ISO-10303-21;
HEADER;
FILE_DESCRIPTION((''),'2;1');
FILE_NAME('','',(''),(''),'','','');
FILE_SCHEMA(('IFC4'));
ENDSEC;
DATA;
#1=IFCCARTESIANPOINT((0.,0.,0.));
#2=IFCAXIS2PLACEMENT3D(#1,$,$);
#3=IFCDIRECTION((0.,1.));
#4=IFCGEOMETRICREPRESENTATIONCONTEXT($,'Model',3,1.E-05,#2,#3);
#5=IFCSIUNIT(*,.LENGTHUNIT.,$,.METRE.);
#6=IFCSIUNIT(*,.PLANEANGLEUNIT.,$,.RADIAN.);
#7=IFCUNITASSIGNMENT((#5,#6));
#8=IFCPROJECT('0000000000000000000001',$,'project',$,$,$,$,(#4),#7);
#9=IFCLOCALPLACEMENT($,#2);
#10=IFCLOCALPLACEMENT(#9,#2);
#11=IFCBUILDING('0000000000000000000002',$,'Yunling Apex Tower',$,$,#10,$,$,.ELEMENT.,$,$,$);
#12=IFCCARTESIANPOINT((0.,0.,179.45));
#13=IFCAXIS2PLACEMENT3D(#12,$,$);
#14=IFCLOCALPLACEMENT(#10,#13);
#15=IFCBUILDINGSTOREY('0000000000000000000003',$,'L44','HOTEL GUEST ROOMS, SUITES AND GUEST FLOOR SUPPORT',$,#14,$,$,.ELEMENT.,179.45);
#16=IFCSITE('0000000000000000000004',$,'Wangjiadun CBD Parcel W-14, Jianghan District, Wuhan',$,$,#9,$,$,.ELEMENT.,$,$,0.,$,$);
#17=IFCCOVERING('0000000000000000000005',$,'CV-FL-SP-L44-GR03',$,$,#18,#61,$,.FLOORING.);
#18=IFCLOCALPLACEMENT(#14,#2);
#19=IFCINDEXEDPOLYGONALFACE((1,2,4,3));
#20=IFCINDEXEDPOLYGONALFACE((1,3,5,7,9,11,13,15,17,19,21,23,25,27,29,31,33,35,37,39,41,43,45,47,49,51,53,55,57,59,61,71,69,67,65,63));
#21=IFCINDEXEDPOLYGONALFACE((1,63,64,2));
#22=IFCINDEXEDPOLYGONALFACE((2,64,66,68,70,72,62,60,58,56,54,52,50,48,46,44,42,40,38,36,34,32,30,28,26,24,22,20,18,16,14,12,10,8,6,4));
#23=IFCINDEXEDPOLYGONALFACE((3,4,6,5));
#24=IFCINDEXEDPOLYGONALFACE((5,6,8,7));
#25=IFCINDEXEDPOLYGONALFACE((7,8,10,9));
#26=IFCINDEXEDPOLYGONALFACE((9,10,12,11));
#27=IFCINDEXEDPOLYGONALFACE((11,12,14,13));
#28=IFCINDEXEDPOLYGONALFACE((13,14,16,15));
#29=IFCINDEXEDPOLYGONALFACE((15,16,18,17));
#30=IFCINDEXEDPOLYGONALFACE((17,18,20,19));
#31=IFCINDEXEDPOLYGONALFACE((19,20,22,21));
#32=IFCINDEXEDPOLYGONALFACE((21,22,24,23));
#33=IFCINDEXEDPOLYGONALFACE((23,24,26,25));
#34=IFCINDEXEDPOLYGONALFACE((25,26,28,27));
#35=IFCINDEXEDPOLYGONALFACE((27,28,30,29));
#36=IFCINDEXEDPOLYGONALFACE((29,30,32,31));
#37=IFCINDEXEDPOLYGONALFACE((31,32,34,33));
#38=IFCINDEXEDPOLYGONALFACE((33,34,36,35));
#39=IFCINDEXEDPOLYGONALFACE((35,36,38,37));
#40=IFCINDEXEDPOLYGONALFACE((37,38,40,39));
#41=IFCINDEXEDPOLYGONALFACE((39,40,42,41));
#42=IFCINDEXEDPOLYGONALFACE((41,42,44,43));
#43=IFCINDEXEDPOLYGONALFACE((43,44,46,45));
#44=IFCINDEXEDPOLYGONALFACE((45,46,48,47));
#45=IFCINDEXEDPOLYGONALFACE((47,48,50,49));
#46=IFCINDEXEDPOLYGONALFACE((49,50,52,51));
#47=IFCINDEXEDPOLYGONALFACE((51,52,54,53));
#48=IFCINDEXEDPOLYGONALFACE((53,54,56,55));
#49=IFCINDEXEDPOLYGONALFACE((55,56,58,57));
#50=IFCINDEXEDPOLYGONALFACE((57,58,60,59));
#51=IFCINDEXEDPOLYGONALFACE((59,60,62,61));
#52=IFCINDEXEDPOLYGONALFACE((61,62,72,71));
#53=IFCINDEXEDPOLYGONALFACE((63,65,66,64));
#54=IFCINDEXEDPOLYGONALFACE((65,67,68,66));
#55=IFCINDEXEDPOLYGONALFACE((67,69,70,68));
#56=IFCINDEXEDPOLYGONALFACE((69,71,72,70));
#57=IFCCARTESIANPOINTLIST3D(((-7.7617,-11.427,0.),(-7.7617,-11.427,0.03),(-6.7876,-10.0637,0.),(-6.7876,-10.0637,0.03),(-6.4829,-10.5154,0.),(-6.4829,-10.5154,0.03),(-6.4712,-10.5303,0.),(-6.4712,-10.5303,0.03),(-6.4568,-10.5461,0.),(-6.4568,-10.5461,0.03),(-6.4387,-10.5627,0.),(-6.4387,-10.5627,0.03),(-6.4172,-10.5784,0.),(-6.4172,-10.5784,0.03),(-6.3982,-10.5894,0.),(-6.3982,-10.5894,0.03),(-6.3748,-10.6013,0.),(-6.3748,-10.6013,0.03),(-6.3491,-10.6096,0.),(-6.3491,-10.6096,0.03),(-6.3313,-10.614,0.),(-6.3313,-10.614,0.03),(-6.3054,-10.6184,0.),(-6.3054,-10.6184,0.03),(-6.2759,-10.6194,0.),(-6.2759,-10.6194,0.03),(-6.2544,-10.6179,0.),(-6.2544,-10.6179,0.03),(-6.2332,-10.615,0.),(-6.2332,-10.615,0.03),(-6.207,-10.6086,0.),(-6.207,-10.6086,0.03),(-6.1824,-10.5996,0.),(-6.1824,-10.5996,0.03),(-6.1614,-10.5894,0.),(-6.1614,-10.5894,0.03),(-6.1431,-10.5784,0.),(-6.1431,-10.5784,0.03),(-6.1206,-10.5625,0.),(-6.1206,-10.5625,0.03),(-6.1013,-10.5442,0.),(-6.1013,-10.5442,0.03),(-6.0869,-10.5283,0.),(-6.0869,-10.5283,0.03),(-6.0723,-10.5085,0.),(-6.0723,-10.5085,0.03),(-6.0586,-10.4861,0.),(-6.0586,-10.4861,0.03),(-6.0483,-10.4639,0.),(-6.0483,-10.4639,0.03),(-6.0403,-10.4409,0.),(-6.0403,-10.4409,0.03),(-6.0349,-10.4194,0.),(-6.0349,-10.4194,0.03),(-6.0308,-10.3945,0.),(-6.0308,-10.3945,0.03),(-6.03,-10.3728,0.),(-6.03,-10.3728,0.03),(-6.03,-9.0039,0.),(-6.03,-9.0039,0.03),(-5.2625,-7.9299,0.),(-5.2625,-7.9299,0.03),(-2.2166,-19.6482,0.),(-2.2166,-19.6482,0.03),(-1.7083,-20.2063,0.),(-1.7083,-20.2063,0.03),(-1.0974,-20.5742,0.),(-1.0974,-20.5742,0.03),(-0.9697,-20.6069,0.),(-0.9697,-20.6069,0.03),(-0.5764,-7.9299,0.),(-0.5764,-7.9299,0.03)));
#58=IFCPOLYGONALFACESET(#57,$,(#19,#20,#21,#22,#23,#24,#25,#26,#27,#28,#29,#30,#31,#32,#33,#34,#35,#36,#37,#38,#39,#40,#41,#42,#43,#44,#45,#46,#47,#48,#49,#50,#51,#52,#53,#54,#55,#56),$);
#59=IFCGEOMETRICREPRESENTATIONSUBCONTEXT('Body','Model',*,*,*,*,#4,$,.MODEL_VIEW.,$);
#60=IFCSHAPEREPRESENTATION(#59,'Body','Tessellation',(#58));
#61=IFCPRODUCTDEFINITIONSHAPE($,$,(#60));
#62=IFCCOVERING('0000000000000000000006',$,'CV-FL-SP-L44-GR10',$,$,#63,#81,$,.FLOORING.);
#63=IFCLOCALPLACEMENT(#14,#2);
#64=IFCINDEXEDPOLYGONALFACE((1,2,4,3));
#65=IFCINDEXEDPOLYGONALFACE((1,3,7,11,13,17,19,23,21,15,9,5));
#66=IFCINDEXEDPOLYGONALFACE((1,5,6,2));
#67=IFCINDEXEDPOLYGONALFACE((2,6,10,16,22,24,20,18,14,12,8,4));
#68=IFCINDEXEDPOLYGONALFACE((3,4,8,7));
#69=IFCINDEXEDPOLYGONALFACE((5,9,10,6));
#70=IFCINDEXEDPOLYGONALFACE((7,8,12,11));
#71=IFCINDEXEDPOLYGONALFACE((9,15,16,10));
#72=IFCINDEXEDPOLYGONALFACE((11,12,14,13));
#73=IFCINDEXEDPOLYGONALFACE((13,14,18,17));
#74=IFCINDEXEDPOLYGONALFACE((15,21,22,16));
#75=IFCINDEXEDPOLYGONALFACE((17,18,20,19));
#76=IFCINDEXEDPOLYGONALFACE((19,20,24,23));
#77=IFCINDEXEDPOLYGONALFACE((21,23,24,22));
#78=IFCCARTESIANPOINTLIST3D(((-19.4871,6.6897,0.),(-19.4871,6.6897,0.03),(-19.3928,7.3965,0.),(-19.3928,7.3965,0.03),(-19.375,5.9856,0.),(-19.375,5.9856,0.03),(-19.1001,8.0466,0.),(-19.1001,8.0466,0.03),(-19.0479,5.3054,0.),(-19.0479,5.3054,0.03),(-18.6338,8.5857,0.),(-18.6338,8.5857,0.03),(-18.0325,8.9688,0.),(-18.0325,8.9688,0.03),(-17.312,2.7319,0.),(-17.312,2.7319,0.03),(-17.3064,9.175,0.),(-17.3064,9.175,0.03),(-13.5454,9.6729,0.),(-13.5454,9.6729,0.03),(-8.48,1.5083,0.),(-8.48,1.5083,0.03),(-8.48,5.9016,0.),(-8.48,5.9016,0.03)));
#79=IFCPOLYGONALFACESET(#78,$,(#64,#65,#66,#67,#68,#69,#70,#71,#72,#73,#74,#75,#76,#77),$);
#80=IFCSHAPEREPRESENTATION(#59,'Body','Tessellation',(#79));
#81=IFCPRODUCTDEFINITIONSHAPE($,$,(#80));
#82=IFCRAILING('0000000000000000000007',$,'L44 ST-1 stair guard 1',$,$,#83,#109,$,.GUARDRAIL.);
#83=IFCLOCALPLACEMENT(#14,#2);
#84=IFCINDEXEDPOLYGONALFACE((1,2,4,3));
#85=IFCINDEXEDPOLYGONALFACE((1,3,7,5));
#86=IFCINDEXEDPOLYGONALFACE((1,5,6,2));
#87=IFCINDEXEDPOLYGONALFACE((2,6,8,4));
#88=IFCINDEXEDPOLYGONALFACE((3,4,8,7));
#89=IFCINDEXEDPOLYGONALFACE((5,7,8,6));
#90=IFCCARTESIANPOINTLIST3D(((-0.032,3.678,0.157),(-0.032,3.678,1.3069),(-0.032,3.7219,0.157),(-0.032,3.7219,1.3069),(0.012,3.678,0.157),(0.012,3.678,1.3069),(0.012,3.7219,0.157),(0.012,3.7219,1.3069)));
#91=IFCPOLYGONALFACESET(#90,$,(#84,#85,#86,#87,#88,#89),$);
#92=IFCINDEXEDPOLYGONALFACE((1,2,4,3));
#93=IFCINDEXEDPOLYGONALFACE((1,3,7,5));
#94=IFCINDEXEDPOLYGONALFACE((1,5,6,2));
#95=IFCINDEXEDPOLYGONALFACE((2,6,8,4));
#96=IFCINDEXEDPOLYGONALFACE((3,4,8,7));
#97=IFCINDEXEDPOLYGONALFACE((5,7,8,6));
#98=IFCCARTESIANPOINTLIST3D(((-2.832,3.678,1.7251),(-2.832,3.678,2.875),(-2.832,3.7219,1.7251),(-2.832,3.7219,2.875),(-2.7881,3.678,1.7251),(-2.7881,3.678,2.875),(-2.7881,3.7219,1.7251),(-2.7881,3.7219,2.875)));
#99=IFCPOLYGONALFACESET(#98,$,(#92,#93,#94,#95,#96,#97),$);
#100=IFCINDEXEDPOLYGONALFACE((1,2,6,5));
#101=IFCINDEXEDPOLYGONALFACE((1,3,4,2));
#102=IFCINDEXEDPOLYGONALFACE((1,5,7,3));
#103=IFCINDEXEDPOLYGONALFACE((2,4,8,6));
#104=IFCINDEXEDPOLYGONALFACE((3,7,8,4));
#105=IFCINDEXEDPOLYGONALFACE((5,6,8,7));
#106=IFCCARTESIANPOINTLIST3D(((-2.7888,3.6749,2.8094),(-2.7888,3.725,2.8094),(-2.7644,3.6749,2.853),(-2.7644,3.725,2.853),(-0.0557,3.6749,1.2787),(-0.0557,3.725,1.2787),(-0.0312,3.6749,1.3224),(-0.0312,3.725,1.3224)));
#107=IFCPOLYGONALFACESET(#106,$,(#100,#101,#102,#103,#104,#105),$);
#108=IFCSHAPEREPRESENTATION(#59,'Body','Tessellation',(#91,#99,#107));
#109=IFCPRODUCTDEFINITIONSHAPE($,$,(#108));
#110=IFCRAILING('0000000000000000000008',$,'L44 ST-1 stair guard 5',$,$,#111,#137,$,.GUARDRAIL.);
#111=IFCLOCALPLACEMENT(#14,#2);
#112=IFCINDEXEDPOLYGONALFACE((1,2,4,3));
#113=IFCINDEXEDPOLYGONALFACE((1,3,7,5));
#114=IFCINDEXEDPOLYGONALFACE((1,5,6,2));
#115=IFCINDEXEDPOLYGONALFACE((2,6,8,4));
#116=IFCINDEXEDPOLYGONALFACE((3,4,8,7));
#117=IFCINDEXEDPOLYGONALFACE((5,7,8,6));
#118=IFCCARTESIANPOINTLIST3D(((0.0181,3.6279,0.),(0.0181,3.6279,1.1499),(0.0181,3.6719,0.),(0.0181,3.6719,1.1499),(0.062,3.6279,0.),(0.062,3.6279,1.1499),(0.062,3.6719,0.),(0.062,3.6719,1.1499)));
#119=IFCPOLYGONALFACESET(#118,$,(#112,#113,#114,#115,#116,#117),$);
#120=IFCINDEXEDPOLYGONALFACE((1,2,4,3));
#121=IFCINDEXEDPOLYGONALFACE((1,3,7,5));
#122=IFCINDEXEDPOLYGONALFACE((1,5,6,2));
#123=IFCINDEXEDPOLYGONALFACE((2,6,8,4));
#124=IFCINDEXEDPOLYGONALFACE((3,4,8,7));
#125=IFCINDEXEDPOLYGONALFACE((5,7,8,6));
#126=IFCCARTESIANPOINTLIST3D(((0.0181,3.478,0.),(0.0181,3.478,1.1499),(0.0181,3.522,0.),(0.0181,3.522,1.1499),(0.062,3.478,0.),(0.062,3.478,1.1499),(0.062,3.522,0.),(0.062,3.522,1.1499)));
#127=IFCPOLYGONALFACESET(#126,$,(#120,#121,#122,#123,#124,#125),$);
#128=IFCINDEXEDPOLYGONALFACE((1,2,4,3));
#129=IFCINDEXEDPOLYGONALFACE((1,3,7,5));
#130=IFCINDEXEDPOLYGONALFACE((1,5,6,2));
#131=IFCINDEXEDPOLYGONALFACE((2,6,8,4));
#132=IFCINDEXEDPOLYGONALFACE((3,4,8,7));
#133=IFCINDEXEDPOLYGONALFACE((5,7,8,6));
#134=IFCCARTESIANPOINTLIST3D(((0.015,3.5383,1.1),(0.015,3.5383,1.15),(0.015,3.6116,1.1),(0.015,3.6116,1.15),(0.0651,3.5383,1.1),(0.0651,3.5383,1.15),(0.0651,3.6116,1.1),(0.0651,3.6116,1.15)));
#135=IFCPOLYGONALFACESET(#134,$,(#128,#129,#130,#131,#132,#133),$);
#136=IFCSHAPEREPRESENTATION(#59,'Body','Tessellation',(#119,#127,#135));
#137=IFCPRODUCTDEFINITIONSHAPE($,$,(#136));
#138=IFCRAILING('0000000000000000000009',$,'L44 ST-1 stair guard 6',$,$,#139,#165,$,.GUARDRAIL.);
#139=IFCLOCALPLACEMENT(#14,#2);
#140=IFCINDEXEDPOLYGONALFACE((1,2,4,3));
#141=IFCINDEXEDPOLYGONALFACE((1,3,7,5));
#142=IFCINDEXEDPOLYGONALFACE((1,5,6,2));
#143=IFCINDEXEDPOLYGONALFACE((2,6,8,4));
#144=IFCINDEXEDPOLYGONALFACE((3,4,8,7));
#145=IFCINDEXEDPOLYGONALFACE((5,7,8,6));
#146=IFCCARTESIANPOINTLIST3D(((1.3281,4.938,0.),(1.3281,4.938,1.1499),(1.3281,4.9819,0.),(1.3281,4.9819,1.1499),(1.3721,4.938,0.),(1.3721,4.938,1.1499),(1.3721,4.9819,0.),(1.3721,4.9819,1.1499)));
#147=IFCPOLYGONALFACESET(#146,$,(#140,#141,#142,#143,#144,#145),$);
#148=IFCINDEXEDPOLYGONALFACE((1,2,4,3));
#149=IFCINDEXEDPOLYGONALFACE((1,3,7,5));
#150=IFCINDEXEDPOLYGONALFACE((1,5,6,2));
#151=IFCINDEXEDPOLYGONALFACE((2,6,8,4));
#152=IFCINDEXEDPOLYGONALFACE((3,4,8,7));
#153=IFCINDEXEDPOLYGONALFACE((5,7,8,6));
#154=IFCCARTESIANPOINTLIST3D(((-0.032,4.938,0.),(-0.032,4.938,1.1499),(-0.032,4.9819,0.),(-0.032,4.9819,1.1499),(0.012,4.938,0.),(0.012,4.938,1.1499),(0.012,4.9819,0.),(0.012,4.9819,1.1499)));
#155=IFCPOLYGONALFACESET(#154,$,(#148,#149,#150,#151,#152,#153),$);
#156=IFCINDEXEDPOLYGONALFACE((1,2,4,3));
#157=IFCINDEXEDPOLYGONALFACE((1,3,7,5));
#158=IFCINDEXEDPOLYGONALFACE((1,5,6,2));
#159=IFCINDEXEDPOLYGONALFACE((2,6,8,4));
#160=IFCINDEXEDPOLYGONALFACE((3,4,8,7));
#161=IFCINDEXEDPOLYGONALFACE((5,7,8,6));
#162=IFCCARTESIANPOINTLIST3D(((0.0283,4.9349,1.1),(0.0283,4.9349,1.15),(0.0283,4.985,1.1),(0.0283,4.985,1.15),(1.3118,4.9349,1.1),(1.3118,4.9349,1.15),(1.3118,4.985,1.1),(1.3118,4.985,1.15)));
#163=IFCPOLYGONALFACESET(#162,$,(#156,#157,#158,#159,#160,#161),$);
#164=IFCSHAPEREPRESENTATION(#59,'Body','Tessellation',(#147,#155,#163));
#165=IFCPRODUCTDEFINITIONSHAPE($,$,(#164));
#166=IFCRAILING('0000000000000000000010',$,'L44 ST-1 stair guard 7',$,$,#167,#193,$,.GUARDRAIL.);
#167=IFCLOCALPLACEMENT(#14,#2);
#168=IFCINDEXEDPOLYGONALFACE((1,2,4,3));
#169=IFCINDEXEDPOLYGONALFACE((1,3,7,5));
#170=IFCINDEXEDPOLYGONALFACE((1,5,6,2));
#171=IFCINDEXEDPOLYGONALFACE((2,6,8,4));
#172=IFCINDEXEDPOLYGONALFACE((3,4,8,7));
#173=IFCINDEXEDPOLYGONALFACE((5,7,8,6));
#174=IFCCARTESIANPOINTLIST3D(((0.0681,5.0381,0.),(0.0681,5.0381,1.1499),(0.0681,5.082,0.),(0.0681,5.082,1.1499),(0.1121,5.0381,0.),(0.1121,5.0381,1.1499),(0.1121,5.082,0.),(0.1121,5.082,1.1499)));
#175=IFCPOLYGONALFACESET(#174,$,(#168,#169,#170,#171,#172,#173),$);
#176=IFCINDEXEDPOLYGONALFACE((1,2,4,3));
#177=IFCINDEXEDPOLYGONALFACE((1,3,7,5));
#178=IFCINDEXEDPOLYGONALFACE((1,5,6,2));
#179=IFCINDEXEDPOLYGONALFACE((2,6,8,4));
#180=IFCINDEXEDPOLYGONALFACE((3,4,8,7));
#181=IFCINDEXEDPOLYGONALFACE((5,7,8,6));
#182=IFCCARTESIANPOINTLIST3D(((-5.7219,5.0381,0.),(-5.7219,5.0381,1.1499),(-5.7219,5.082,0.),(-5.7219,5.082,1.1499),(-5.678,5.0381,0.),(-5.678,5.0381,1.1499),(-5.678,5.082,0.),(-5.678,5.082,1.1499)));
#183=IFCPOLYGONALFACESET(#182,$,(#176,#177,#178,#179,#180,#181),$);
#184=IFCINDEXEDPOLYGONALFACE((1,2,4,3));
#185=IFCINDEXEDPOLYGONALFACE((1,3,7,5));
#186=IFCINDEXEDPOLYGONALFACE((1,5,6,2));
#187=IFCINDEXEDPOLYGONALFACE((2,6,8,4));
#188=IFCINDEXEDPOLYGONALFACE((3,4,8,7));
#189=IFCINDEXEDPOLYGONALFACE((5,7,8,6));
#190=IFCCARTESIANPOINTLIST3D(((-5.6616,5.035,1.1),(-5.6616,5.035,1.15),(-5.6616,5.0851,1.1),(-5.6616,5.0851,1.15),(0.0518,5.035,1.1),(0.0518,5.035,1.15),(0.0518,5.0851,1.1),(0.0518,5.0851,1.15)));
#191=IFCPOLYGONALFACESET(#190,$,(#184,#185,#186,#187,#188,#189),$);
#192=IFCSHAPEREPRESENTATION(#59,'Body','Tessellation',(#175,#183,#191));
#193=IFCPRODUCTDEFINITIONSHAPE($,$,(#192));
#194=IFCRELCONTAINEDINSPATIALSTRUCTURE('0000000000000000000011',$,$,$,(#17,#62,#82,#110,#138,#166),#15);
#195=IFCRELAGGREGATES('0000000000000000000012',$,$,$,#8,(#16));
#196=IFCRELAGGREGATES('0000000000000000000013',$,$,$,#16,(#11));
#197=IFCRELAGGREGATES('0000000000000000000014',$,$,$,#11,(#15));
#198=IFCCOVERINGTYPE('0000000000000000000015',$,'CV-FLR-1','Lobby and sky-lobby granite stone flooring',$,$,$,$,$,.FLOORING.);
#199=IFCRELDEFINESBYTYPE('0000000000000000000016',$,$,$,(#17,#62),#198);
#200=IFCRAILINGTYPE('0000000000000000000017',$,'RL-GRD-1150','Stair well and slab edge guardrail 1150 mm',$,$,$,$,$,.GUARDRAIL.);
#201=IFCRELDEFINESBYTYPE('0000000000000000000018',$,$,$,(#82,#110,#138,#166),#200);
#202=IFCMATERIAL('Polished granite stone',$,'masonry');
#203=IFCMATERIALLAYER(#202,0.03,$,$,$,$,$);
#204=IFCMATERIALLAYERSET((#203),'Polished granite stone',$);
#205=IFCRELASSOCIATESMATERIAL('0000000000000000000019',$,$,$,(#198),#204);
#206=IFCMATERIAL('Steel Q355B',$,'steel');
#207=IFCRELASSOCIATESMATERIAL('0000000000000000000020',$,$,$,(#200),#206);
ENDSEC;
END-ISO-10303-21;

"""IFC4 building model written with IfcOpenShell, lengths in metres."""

from ifc_helpers import new_model, si_unit, direction, frame, origin, origin_2d, place, context, subcontext, project, spatial, polyline, rectangle, outline, extrude, material, layer, layer_set, type_object, element, save


model = new_model("IFC4")

# Units and contexts
model_context = context("Model", 3, precision=1e-05, world=origin(), true_north=direction((0.0, 1.0)))
body_context = subcontext(model_context, "Body", "Model", "MODEL_VIEW")
ifc_project = project(units=[si_unit("LENGTHUNIT", "METRE"), si_unit("PLANEANGLEUNIT", "RADIAN")], contexts=[model_context])

# Site, building, storey
site_placement = place(None, origin())
site = spatial("IfcSite", under=ifc_project, at=site_placement, Name="Wangjiadun CBD Parcel W-14, Jianghan District, Wuhan", CompositionType="ELEMENT", RefElevation=0.0)
building_placement = place(site_placement, origin())
building = spatial("IfcBuilding", under=site, at=building_placement, Name="Yunling Apex Tower", CompositionType="ELEMENT")
storey_placement = place(building_placement, frame((0.0, 0.0, 179.45)))
storey = spatial("IfcBuildingStorey", under=building, at=storey_placement, Name="L44", Description="HOTEL GUEST ROOMS, SUITES AND GUEST FLOOR SUPPORT", CompositionType="ELEMENT", Elevation=179.45)

# Shared definitions
ifc_material_1 = material(Name="Steel Q355B", Category="steel")

# Coverings
ifc_material_2 = material(Name="Polished granite stone", Category="masonry")
ifc_layer_1 = layer(ifc_material_2, 0.03)
ifc_layer_set_1 = layer_set([ifc_layer_1], Name="Polished granite stone")
covering_type_1 = type_object("IfcCoveringType", Name="CV-FLR-1", Description="Lobby and sky-lobby granite stone flooring", PredefinedType="FLOORING", material=ifc_layer_set_1)
covering_1_placement = place(storey_placement, origin())
element("IfcCovering", 1, at=covering_1_placement, inside=storey, type_object=covering_type_1, Name="CV-FL-SP-L44-GR03", PredefinedType="FLOORING", context=body_context, shape_type="SweptSolid", body=[
    extrude(outline(polyline([(-1.0974, -20.5742), (-1.7083, -20.2063), (-2.2166, -19.6482), (-7.7617, -11.427), (-6.7876, -10.0637), (-6.4829, -10.5154), (-6.4712, -10.5303), (-6.4568, -10.5461), (-6.4387, -10.5627), (-6.4172, -10.5784), (-6.3982, -10.5894), (-6.3748, -10.6013), (-6.3491, -10.6096), (-6.3313, -10.614), (-6.3054, -10.6184), (-6.2759, -10.6194), (-6.2544, -10.6179), (-6.2332, -10.615), (-6.207, -10.6086), (-6.1824, -10.5996), (-6.1614, -10.5894), (-6.1431, -10.5784), (-6.1206, -10.5625), (-6.1013, -10.5442), (-6.0869, -10.5283), (-6.0723, -10.5085), (-6.0586, -10.4861), (-6.0483, -10.4639), (-6.0403, -10.4409), (-6.0349, -10.4194), (-6.0308, -10.3945), (-6.03, -10.3728), (-6.03, -9.0039), (-5.2625, -7.9299), (-0.5764, -7.9299), (-0.9697, -20.6069), (-1.0974, -20.5742)])), origin(), (0.0, 0.0, 1.0), 0.03),
])
covering_2_placement = place(storey_placement, origin())
element("IfcCovering", 2, at=covering_2_placement, inside=storey, type_object=covering_type_1, Name="CV-FL-SP-L44-GR10", PredefinedType="FLOORING", context=body_context, shape_type="SweptSolid", body=[
    extrude(outline(polyline([(-19.3928, 7.3965), (-19.1001, 8.0466), (-18.6338, 8.5857), (-18.0325, 8.9688), (-17.3064, 9.175), (-13.5454, 9.6729), (-8.48, 5.9016), (-8.48, 1.5083), (-17.312, 2.7319), (-19.0479, 5.3054), (-19.375, 5.9856), (-19.4871, 6.6897), (-19.3928, 7.3965)])), origin(), (0.0, 0.0, 1.0), 0.03),
])

# Railings
railing_type_1 = type_object("IfcRailingType", Name="RL-GRD-1150", Description="Stair well and slab edge guardrail 1150 mm", PredefinedType="GUARDRAIL", material=ifc_material_1)
railing_1_placement = place(storey_placement, frame((-0.01, 3.7, 0.157)))
element("IfcRailing", 3, at=railing_1_placement, inside=storey, type_object=railing_type_1, Name="L44 ST-1 stair guard 1", PredefinedType="GUARDRAIL", context=body_context, shape_type="SweptSolid", body=[
    extrude(rectangle(XDim=0.0439, YDim=0.0439, at=origin_2d()), origin(), (0.0, 0.0, 1.0), 1.1499),
    extrude(rectangle(XDim=0.0439, YDim=0.0439, at=origin_2d()), frame((-2.8, 0.0, 1.5681)), (0.0, 0.0, 1.0), 1.1499),
    extrude(rectangle(XDim=0.05, YDim=0.05, at=origin_2d()), frame((-0.0334, 0.0, 1.1436), z_axis=(-0.872494, 0.0, 0.488624), x_axis=(0.0, -1.0, 0.0)), (0.0, 0.0, 1.0), 3.1326),
])
railing_2_placement = place(storey_placement, frame((0.04, 3.6499, 0.0)))
element("IfcRailing", 4, at=railing_2_placement, inside=storey, type_object=railing_type_1, Name="L44 ST-1 stair guard 5", PredefinedType="GUARDRAIL", context=body_context, shape_type="SweptSolid", body=[
    extrude(rectangle(XDim=0.0439, YDim=0.0439, at=origin_2d()), origin(), (0.0, 0.0, 1.0), 1.1499),
    extrude(rectangle(XDim=0.0439, YDim=0.0439, at=origin_2d()), frame((0.0, -0.1499, 0.0)), (0.0, 0.0, 1.0), 1.1499),
    extrude(rectangle(XDim=0.05, YDim=0.05, at=origin_2d()), frame((0.0, -0.0383, 1.125), z_axis=(0.0, -1.0, 0.0), x_axis=(1.0, 0.0, 0.0)), (0.0, 0.0, 1.0), 0.0732),
])
railing_3_placement = place(storey_placement, frame((1.3501, 4.96, 0.0)))
element("IfcRailing", 5, at=railing_3_placement, inside=storey, type_object=railing_type_1, Name="L44 ST-1 stair guard 6", PredefinedType="GUARDRAIL", context=body_context, shape_type="SweptSolid", body=[
    extrude(rectangle(XDim=0.0439, YDim=0.0439, at=origin_2d()), origin(), (0.0, 0.0, 1.0), 1.1499),
    extrude(rectangle(XDim=0.0439, YDim=0.0439, at=origin_2d()), frame((-1.3601, 0.0, 0.0)), (0.0, 0.0, 1.0), 1.1499),
    extrude(rectangle(XDim=0.05, YDim=0.05, at=origin_2d()), frame((-0.0383, 0.0, 1.125), z_axis=(-1.0, 0.0, 0.0), x_axis=(0.0, -1.0, 0.0)), (0.0, 0.0, 1.0), 1.2834),
])
railing_4_placement = place(storey_placement, frame((0.0901, 5.0601, 0.0)))
element("IfcRailing", 6, at=railing_4_placement, inside=storey, type_object=railing_type_1, Name="L44 ST-1 stair guard 7", PredefinedType="GUARDRAIL", context=body_context, shape_type="SweptSolid", body=[
    extrude(rectangle(XDim=0.0439, YDim=0.0439, at=origin_2d()), origin(), (0.0, 0.0, 1.0), 1.1499),
    extrude(rectangle(XDim=0.0439, YDim=0.0439, at=origin_2d()), frame((-5.79, 0.0, 0.0)), (0.0, 0.0, 1.0), 1.1499),
    extrude(rectangle(XDim=0.05, YDim=0.05, at=origin_2d()), frame((-0.0383, 0.0, 1.125), z_axis=(-1.0, 0.0, 0.0), x_axis=(0.0, -1.0, 0.0)), (0.0, 0.0, 1.0), 5.7134),
])

save(model, "model.ifc")
